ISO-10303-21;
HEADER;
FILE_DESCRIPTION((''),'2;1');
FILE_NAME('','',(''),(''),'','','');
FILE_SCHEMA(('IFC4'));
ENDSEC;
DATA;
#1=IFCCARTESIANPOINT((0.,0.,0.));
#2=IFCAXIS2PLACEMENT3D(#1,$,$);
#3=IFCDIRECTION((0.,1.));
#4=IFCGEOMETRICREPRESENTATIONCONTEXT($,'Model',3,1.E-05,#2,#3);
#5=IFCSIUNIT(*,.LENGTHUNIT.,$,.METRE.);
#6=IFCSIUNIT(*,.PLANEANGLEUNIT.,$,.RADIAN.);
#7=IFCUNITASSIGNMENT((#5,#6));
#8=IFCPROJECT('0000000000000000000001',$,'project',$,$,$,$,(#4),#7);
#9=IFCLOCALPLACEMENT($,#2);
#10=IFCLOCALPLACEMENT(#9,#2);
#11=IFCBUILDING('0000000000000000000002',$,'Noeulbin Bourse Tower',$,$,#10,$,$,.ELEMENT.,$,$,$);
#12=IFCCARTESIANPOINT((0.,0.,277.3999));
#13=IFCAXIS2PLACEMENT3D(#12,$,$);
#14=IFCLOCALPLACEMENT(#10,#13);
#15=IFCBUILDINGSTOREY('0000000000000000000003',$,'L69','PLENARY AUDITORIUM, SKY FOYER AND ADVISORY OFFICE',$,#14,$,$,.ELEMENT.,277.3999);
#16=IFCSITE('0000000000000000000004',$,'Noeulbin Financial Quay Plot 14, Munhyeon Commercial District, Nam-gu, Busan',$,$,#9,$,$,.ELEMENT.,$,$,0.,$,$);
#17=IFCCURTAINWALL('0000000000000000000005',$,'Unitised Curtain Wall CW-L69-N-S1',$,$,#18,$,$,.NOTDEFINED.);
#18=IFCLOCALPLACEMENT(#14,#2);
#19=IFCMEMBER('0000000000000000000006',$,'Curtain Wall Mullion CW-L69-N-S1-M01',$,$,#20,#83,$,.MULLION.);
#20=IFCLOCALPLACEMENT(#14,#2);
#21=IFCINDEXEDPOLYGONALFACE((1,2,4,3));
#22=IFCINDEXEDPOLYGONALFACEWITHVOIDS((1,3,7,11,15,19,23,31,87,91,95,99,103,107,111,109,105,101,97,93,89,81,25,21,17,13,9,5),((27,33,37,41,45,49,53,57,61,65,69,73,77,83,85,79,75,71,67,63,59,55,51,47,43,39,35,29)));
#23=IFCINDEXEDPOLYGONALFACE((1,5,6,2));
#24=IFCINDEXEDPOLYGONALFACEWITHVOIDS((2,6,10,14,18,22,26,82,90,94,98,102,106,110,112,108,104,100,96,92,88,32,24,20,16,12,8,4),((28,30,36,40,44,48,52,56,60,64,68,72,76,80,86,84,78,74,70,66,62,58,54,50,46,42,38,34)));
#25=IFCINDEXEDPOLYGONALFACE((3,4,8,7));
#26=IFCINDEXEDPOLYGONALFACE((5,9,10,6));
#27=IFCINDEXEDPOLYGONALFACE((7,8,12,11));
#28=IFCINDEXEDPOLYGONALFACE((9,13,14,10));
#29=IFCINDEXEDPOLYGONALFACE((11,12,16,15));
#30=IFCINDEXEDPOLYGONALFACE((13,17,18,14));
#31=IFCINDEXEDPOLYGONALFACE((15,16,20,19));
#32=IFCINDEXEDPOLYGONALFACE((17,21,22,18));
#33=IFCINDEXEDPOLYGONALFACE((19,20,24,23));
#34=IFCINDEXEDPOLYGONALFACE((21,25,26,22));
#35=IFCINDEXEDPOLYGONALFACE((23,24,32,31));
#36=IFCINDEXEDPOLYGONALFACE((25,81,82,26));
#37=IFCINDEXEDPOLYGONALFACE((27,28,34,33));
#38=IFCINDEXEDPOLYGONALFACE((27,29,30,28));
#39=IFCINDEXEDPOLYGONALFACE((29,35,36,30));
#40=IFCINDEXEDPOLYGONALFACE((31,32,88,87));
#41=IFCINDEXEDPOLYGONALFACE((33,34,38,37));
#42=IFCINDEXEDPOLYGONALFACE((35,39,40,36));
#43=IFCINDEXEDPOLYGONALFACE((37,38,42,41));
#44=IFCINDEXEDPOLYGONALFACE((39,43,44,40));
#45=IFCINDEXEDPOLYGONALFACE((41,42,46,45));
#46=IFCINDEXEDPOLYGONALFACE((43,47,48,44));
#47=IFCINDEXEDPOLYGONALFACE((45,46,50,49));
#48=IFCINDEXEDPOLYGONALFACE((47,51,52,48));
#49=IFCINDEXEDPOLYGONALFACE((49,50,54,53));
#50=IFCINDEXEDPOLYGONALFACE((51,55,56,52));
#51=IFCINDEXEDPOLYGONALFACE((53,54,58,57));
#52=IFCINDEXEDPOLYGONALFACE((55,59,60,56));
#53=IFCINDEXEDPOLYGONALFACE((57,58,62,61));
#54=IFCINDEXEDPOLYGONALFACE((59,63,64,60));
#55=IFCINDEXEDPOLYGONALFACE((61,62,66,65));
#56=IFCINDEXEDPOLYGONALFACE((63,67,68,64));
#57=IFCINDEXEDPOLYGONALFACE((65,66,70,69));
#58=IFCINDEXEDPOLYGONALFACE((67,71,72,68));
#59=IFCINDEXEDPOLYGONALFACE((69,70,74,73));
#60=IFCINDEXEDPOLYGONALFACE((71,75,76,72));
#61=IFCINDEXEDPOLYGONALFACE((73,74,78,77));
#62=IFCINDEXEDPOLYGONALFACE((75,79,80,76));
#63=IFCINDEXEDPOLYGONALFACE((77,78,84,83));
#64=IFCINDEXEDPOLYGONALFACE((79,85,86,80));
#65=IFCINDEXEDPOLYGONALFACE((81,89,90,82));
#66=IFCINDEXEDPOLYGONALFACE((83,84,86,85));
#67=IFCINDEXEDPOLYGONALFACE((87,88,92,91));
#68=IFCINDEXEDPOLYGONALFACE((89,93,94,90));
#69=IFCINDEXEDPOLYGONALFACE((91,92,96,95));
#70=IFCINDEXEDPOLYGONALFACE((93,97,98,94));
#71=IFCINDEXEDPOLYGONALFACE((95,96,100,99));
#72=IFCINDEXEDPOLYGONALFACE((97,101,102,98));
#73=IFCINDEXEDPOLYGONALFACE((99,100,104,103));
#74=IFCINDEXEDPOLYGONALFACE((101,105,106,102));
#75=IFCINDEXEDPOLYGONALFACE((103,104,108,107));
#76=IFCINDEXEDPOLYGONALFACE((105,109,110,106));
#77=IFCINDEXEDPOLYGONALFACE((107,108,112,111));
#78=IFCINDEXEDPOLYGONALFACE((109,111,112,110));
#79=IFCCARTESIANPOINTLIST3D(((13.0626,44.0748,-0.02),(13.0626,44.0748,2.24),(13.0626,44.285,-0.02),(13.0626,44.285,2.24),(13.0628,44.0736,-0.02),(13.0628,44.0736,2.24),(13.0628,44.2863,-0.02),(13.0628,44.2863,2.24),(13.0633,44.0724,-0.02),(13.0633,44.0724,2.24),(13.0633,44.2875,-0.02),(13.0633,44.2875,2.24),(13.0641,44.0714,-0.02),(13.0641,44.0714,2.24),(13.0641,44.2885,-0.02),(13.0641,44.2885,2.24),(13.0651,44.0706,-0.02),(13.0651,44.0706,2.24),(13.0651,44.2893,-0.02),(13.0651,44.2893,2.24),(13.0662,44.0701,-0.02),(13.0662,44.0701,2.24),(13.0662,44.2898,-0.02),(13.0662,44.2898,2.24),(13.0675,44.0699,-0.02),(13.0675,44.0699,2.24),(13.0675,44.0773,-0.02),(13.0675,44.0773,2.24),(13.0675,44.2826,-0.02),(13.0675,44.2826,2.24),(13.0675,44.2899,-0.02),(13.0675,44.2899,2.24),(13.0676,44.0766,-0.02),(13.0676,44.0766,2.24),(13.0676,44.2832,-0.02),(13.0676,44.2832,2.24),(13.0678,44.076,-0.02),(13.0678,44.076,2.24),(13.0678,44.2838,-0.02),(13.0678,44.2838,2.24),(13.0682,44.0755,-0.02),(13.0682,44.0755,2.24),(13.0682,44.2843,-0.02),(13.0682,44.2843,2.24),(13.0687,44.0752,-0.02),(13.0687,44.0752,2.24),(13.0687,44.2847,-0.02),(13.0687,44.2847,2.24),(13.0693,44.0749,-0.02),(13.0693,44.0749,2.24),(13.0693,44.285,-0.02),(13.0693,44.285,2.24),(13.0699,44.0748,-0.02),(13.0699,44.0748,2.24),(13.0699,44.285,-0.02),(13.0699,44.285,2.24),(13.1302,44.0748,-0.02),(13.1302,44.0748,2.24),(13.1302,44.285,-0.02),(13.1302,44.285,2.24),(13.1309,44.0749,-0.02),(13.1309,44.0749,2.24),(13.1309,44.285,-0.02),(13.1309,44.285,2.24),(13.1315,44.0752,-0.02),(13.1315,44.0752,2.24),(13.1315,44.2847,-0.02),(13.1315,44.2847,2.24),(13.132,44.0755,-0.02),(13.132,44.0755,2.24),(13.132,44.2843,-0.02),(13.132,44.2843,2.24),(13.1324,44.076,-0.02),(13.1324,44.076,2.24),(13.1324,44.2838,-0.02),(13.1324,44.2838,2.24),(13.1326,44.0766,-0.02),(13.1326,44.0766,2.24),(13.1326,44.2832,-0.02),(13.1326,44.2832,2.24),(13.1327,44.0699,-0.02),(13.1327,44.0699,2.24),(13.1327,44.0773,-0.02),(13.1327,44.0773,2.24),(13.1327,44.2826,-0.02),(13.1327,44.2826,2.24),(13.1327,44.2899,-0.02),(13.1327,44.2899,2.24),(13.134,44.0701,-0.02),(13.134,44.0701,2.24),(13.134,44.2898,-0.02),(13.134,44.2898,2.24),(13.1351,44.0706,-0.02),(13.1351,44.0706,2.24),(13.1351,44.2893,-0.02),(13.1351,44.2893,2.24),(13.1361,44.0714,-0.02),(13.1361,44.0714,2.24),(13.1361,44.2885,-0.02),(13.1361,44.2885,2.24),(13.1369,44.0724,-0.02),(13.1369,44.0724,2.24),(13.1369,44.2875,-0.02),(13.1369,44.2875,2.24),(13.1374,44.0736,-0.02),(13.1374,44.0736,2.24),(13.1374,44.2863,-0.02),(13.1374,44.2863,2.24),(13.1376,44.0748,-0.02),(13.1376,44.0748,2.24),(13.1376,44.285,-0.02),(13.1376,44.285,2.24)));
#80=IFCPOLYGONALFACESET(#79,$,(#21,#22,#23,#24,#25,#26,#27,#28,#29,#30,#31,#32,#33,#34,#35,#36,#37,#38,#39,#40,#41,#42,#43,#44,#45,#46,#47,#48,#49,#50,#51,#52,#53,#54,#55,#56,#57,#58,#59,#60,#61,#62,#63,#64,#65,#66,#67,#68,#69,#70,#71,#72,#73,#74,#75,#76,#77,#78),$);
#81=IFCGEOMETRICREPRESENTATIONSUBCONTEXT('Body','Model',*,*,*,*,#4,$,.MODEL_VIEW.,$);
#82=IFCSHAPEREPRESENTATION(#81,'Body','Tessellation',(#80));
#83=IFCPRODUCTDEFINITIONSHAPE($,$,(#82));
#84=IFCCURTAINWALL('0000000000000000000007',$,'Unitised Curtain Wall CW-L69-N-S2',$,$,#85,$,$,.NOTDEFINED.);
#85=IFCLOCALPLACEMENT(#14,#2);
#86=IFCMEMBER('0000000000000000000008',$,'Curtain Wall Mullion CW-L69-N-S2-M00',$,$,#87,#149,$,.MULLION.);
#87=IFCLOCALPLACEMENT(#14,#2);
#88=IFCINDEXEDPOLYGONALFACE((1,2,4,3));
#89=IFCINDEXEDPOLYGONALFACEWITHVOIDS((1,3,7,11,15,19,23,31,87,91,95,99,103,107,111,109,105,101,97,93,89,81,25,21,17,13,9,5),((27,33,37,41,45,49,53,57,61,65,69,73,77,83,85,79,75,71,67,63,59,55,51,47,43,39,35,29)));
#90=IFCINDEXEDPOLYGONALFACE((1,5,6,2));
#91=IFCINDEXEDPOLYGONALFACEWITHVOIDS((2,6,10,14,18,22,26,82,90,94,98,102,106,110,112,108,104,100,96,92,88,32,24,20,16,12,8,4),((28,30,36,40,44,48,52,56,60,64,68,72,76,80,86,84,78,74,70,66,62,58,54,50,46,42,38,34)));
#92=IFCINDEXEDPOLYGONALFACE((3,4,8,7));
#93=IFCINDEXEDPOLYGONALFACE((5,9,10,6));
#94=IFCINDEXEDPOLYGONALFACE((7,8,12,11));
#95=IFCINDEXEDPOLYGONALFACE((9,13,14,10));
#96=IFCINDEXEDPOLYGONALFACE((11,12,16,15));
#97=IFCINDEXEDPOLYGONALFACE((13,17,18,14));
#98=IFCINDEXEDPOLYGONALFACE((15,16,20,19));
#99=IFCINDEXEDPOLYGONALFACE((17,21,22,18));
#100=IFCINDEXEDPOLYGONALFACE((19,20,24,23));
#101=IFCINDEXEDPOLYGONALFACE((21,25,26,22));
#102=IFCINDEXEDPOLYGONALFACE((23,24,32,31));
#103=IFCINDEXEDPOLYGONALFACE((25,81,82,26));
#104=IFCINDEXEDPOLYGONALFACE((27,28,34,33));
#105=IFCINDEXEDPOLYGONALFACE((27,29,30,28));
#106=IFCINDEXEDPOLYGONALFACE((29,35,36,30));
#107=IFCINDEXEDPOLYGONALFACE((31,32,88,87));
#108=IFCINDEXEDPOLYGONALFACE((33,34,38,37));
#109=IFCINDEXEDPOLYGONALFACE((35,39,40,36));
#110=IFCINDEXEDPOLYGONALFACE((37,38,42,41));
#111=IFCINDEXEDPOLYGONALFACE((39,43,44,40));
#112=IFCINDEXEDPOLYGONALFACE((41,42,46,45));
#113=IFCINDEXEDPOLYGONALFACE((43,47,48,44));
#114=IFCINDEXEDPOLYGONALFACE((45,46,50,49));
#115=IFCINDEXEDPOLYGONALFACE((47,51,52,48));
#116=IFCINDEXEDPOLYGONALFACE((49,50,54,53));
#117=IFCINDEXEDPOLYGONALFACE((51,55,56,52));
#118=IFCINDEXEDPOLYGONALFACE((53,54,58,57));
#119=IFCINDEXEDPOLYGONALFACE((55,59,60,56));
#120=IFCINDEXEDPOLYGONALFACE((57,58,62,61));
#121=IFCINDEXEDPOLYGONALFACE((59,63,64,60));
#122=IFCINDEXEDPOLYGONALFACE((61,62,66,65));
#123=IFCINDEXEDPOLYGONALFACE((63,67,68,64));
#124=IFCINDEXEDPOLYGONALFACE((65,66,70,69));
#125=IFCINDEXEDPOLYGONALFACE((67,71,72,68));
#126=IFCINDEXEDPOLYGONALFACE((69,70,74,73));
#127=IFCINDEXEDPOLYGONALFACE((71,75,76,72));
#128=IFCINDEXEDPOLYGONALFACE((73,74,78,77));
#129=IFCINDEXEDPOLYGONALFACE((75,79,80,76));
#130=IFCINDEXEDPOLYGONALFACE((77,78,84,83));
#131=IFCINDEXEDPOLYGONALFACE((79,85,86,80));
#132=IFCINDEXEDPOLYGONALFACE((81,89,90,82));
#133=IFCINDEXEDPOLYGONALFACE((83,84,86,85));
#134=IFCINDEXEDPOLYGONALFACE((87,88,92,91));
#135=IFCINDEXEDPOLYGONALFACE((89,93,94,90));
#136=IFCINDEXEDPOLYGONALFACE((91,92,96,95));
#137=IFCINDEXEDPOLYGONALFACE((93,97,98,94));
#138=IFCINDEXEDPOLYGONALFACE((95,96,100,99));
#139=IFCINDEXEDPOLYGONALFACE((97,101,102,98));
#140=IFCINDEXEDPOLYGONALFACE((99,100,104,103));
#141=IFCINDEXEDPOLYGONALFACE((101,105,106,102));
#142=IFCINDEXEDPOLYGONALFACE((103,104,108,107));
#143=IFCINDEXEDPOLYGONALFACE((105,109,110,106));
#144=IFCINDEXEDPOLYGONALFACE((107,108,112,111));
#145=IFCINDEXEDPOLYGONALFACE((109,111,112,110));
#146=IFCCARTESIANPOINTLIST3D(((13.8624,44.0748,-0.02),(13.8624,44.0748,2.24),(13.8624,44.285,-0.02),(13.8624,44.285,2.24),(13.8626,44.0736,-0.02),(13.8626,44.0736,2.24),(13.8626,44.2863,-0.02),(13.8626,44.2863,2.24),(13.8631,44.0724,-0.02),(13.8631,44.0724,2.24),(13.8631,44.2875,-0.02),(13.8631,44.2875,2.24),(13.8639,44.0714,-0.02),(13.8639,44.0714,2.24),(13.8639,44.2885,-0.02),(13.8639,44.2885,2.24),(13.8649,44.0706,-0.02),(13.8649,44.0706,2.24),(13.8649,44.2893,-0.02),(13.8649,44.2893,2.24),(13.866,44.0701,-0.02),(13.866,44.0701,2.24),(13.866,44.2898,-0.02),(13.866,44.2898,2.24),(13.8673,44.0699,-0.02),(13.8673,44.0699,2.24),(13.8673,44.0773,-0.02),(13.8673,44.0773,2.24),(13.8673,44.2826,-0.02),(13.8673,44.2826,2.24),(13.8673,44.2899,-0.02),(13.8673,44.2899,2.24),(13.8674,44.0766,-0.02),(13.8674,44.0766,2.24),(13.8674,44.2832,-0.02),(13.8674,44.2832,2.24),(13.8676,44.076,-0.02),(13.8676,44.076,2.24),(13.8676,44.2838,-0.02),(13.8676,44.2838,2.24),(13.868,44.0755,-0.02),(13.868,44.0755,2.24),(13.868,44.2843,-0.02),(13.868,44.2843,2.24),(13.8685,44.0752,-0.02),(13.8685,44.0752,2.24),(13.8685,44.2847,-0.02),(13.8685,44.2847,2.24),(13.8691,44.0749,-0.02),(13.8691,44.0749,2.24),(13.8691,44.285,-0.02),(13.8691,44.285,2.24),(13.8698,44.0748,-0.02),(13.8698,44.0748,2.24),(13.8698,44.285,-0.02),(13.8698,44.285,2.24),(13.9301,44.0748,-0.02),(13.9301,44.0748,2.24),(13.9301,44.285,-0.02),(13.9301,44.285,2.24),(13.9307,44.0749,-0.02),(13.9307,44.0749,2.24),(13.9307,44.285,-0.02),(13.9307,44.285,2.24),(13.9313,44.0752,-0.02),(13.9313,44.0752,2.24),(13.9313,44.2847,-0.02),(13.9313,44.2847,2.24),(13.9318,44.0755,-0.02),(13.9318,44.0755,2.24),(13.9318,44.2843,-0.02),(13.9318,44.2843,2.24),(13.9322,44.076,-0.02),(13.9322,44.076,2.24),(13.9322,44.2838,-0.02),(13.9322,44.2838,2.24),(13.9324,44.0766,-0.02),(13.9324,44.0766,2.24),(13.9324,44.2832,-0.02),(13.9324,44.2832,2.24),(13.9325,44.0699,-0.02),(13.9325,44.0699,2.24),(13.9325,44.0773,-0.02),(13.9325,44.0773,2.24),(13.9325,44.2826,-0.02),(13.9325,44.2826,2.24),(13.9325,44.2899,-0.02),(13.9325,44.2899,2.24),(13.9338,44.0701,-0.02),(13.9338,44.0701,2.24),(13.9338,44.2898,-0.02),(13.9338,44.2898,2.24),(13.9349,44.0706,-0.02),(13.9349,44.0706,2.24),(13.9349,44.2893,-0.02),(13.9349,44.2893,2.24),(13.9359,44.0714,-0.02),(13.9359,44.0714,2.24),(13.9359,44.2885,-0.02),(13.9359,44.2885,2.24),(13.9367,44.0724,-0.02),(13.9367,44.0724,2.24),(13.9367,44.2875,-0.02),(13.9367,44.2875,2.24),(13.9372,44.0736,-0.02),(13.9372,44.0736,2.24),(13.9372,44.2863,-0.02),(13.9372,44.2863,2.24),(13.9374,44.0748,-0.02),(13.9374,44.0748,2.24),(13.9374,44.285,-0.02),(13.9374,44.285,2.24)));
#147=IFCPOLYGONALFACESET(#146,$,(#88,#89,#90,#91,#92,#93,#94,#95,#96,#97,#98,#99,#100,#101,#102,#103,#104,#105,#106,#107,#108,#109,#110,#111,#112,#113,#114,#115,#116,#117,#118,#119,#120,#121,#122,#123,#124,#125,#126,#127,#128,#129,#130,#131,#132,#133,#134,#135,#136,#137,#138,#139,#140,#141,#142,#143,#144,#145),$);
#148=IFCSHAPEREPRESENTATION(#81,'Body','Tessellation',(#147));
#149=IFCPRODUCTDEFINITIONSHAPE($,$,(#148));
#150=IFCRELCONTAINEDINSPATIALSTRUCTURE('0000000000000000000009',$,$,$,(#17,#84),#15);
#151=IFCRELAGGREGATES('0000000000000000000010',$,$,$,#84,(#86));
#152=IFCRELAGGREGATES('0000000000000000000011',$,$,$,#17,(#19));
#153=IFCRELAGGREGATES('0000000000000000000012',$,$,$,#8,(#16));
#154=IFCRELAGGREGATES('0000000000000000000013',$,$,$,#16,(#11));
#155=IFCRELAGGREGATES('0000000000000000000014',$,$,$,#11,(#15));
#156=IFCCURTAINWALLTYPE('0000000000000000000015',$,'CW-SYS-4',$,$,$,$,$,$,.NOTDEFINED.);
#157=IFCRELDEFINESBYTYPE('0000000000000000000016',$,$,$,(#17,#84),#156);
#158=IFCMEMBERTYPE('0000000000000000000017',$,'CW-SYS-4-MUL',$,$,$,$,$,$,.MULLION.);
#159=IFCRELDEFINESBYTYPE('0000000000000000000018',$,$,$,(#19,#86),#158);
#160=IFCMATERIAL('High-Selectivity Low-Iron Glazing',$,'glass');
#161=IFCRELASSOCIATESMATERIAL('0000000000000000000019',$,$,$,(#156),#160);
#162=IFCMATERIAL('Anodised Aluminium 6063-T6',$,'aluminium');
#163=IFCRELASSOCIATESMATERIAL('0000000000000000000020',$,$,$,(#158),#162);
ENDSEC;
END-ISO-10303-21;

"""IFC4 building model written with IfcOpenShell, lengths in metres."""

from ifc_helpers import new_model, si_unit, direction, frame, origin, origin_2d, place, context, subcontext, project, spatial, hollow_rectangle, extrude, material, material_profile, profile_set, type_object, element, aggregate, save


model = new_model("IFC4")

# Units and contexts
model_context = context("Model", 3, precision=1e-05, world=origin(), true_north=direction((0.0, 1.0)))
body_context = subcontext(model_context, "Body", "Model", "MODEL_VIEW")
ifc_project = project(units=[si_unit("LENGTHUNIT", "METRE"), si_unit("PLANEANGLEUNIT", "RADIAN")], contexts=[model_context])

# Site, building, storey
site_placement = place(None, origin())
site = spatial("IfcSite", under=ifc_project, at=site_placement, Name="Noeulbin Financial Quay Plot 14, Munhyeon Commercial District, Nam-gu, Busan", CompositionType="ELEMENT", RefElevation=0.0)
building_placement = place(site_placement, origin())
building = spatial("IfcBuilding", under=site, at=building_placement, Name="Noeulbin Bourse Tower", CompositionType="ELEMENT")
storey_placement = place(building_placement, frame((0.0, 0.0, 277.3999)))
storey = spatial("IfcBuildingStorey", under=building, at=storey_placement, Name="L69", Description="PLENARY AUDITORIUM, SKY FOYER AND ADVISORY OFFICE", CompositionType="ELEMENT", Elevation=277.3999)

# Curtain wall, member
ifc_material_1 = material(Name="High-Selectivity Low-Iron Glazing", Category="glass")
curtain_wall_type = type_object("IfcCurtainWallType", Name="CW-SYS-4", PredefinedType="NOTDEFINED", material=ifc_material_1)
curtain_wall_1_placement = place(storey_placement, origin())
curtain_wall_1 = element("IfcCurtainWall", 1, at=curtain_wall_1_placement, inside=storey, type_object=curtain_wall_type, Name="Unitised Curtain Wall CW-L69-N-S1", PredefinedType="NOTDEFINED")
ifc_material_2 = material(Name="Anodised Aluminium 6063-T6", Category="aluminium")
ifc_material_profile_1 = material_profile(ifc_material_2, hollow_rectangle(XDim=0.075, YDim=0.22, WallThickness=0.0049, InnerFilletRadius=0.0024, OuterFilletRadius=0.0049, at=origin_2d()), Name="ALU-MULL-75x220x5", Category="LoadBearing")
ifc_profile_set_1 = profile_set([ifc_material_profile_1], Name="Anodised Aluminium 6063-T6")
member_type_1 = type_object("IfcMemberType", Name="CW-SYS-4-MUL", PredefinedType="MULLION", material=ifc_profile_set_1)
member_1_placement = place(storey_placement, frame((13.1001, 44.1799, -0.02), z_axis=(0.0, 0.0, 1.0), x_axis=(1.0, 0.0, 0.0)))
member_1 = element("IfcMember", 2, at=member_1_placement, type_object=member_type_1, Name="Curtain Wall Mullion CW-L69-N-S1-M01", PredefinedType="MULLION", context=body_context, shape_type="SweptSolid", body=[
    extrude(hollow_rectangle(XDim=0.075, YDim=0.22, WallThickness=0.0049, InnerFilletRadius=0.0024, OuterFilletRadius=0.0049, at=origin_2d()), origin(), (0.0, 0.0, 1.0), 2.26),
])

# Curtain wall, member
curtain_wall_2_placement = place(storey_placement, origin())
curtain_wall_2 = element("IfcCurtainWall", 3, at=curtain_wall_2_placement, inside=storey, type_object=curtain_wall_type, Name="Unitised Curtain Wall CW-L69-N-S2", PredefinedType="NOTDEFINED")
member_2_placement = place(storey_placement, frame((13.8999, 44.1799, -0.02), z_axis=(0.0, 0.0, 1.0), x_axis=(1.0, 0.0, 0.0)))
member_2 = element("IfcMember", 4, at=member_2_placement, type_object=member_type_1, Name="Curtain Wall Mullion CW-L69-N-S2-M00", PredefinedType="MULLION", context=body_context, shape_type="SweptSolid", body=[
    extrude(hollow_rectangle(XDim=0.075, YDim=0.22, WallThickness=0.0049, InnerFilletRadius=0.0024, OuterFilletRadius=0.0049, at=origin_2d()), origin(), (0.0, 0.0, 1.0), 2.26),
])

aggregate(curtain_wall_2, [member_2])

aggregate(curtain_wall_1, [member_1])

save(model, "model.ifc")
